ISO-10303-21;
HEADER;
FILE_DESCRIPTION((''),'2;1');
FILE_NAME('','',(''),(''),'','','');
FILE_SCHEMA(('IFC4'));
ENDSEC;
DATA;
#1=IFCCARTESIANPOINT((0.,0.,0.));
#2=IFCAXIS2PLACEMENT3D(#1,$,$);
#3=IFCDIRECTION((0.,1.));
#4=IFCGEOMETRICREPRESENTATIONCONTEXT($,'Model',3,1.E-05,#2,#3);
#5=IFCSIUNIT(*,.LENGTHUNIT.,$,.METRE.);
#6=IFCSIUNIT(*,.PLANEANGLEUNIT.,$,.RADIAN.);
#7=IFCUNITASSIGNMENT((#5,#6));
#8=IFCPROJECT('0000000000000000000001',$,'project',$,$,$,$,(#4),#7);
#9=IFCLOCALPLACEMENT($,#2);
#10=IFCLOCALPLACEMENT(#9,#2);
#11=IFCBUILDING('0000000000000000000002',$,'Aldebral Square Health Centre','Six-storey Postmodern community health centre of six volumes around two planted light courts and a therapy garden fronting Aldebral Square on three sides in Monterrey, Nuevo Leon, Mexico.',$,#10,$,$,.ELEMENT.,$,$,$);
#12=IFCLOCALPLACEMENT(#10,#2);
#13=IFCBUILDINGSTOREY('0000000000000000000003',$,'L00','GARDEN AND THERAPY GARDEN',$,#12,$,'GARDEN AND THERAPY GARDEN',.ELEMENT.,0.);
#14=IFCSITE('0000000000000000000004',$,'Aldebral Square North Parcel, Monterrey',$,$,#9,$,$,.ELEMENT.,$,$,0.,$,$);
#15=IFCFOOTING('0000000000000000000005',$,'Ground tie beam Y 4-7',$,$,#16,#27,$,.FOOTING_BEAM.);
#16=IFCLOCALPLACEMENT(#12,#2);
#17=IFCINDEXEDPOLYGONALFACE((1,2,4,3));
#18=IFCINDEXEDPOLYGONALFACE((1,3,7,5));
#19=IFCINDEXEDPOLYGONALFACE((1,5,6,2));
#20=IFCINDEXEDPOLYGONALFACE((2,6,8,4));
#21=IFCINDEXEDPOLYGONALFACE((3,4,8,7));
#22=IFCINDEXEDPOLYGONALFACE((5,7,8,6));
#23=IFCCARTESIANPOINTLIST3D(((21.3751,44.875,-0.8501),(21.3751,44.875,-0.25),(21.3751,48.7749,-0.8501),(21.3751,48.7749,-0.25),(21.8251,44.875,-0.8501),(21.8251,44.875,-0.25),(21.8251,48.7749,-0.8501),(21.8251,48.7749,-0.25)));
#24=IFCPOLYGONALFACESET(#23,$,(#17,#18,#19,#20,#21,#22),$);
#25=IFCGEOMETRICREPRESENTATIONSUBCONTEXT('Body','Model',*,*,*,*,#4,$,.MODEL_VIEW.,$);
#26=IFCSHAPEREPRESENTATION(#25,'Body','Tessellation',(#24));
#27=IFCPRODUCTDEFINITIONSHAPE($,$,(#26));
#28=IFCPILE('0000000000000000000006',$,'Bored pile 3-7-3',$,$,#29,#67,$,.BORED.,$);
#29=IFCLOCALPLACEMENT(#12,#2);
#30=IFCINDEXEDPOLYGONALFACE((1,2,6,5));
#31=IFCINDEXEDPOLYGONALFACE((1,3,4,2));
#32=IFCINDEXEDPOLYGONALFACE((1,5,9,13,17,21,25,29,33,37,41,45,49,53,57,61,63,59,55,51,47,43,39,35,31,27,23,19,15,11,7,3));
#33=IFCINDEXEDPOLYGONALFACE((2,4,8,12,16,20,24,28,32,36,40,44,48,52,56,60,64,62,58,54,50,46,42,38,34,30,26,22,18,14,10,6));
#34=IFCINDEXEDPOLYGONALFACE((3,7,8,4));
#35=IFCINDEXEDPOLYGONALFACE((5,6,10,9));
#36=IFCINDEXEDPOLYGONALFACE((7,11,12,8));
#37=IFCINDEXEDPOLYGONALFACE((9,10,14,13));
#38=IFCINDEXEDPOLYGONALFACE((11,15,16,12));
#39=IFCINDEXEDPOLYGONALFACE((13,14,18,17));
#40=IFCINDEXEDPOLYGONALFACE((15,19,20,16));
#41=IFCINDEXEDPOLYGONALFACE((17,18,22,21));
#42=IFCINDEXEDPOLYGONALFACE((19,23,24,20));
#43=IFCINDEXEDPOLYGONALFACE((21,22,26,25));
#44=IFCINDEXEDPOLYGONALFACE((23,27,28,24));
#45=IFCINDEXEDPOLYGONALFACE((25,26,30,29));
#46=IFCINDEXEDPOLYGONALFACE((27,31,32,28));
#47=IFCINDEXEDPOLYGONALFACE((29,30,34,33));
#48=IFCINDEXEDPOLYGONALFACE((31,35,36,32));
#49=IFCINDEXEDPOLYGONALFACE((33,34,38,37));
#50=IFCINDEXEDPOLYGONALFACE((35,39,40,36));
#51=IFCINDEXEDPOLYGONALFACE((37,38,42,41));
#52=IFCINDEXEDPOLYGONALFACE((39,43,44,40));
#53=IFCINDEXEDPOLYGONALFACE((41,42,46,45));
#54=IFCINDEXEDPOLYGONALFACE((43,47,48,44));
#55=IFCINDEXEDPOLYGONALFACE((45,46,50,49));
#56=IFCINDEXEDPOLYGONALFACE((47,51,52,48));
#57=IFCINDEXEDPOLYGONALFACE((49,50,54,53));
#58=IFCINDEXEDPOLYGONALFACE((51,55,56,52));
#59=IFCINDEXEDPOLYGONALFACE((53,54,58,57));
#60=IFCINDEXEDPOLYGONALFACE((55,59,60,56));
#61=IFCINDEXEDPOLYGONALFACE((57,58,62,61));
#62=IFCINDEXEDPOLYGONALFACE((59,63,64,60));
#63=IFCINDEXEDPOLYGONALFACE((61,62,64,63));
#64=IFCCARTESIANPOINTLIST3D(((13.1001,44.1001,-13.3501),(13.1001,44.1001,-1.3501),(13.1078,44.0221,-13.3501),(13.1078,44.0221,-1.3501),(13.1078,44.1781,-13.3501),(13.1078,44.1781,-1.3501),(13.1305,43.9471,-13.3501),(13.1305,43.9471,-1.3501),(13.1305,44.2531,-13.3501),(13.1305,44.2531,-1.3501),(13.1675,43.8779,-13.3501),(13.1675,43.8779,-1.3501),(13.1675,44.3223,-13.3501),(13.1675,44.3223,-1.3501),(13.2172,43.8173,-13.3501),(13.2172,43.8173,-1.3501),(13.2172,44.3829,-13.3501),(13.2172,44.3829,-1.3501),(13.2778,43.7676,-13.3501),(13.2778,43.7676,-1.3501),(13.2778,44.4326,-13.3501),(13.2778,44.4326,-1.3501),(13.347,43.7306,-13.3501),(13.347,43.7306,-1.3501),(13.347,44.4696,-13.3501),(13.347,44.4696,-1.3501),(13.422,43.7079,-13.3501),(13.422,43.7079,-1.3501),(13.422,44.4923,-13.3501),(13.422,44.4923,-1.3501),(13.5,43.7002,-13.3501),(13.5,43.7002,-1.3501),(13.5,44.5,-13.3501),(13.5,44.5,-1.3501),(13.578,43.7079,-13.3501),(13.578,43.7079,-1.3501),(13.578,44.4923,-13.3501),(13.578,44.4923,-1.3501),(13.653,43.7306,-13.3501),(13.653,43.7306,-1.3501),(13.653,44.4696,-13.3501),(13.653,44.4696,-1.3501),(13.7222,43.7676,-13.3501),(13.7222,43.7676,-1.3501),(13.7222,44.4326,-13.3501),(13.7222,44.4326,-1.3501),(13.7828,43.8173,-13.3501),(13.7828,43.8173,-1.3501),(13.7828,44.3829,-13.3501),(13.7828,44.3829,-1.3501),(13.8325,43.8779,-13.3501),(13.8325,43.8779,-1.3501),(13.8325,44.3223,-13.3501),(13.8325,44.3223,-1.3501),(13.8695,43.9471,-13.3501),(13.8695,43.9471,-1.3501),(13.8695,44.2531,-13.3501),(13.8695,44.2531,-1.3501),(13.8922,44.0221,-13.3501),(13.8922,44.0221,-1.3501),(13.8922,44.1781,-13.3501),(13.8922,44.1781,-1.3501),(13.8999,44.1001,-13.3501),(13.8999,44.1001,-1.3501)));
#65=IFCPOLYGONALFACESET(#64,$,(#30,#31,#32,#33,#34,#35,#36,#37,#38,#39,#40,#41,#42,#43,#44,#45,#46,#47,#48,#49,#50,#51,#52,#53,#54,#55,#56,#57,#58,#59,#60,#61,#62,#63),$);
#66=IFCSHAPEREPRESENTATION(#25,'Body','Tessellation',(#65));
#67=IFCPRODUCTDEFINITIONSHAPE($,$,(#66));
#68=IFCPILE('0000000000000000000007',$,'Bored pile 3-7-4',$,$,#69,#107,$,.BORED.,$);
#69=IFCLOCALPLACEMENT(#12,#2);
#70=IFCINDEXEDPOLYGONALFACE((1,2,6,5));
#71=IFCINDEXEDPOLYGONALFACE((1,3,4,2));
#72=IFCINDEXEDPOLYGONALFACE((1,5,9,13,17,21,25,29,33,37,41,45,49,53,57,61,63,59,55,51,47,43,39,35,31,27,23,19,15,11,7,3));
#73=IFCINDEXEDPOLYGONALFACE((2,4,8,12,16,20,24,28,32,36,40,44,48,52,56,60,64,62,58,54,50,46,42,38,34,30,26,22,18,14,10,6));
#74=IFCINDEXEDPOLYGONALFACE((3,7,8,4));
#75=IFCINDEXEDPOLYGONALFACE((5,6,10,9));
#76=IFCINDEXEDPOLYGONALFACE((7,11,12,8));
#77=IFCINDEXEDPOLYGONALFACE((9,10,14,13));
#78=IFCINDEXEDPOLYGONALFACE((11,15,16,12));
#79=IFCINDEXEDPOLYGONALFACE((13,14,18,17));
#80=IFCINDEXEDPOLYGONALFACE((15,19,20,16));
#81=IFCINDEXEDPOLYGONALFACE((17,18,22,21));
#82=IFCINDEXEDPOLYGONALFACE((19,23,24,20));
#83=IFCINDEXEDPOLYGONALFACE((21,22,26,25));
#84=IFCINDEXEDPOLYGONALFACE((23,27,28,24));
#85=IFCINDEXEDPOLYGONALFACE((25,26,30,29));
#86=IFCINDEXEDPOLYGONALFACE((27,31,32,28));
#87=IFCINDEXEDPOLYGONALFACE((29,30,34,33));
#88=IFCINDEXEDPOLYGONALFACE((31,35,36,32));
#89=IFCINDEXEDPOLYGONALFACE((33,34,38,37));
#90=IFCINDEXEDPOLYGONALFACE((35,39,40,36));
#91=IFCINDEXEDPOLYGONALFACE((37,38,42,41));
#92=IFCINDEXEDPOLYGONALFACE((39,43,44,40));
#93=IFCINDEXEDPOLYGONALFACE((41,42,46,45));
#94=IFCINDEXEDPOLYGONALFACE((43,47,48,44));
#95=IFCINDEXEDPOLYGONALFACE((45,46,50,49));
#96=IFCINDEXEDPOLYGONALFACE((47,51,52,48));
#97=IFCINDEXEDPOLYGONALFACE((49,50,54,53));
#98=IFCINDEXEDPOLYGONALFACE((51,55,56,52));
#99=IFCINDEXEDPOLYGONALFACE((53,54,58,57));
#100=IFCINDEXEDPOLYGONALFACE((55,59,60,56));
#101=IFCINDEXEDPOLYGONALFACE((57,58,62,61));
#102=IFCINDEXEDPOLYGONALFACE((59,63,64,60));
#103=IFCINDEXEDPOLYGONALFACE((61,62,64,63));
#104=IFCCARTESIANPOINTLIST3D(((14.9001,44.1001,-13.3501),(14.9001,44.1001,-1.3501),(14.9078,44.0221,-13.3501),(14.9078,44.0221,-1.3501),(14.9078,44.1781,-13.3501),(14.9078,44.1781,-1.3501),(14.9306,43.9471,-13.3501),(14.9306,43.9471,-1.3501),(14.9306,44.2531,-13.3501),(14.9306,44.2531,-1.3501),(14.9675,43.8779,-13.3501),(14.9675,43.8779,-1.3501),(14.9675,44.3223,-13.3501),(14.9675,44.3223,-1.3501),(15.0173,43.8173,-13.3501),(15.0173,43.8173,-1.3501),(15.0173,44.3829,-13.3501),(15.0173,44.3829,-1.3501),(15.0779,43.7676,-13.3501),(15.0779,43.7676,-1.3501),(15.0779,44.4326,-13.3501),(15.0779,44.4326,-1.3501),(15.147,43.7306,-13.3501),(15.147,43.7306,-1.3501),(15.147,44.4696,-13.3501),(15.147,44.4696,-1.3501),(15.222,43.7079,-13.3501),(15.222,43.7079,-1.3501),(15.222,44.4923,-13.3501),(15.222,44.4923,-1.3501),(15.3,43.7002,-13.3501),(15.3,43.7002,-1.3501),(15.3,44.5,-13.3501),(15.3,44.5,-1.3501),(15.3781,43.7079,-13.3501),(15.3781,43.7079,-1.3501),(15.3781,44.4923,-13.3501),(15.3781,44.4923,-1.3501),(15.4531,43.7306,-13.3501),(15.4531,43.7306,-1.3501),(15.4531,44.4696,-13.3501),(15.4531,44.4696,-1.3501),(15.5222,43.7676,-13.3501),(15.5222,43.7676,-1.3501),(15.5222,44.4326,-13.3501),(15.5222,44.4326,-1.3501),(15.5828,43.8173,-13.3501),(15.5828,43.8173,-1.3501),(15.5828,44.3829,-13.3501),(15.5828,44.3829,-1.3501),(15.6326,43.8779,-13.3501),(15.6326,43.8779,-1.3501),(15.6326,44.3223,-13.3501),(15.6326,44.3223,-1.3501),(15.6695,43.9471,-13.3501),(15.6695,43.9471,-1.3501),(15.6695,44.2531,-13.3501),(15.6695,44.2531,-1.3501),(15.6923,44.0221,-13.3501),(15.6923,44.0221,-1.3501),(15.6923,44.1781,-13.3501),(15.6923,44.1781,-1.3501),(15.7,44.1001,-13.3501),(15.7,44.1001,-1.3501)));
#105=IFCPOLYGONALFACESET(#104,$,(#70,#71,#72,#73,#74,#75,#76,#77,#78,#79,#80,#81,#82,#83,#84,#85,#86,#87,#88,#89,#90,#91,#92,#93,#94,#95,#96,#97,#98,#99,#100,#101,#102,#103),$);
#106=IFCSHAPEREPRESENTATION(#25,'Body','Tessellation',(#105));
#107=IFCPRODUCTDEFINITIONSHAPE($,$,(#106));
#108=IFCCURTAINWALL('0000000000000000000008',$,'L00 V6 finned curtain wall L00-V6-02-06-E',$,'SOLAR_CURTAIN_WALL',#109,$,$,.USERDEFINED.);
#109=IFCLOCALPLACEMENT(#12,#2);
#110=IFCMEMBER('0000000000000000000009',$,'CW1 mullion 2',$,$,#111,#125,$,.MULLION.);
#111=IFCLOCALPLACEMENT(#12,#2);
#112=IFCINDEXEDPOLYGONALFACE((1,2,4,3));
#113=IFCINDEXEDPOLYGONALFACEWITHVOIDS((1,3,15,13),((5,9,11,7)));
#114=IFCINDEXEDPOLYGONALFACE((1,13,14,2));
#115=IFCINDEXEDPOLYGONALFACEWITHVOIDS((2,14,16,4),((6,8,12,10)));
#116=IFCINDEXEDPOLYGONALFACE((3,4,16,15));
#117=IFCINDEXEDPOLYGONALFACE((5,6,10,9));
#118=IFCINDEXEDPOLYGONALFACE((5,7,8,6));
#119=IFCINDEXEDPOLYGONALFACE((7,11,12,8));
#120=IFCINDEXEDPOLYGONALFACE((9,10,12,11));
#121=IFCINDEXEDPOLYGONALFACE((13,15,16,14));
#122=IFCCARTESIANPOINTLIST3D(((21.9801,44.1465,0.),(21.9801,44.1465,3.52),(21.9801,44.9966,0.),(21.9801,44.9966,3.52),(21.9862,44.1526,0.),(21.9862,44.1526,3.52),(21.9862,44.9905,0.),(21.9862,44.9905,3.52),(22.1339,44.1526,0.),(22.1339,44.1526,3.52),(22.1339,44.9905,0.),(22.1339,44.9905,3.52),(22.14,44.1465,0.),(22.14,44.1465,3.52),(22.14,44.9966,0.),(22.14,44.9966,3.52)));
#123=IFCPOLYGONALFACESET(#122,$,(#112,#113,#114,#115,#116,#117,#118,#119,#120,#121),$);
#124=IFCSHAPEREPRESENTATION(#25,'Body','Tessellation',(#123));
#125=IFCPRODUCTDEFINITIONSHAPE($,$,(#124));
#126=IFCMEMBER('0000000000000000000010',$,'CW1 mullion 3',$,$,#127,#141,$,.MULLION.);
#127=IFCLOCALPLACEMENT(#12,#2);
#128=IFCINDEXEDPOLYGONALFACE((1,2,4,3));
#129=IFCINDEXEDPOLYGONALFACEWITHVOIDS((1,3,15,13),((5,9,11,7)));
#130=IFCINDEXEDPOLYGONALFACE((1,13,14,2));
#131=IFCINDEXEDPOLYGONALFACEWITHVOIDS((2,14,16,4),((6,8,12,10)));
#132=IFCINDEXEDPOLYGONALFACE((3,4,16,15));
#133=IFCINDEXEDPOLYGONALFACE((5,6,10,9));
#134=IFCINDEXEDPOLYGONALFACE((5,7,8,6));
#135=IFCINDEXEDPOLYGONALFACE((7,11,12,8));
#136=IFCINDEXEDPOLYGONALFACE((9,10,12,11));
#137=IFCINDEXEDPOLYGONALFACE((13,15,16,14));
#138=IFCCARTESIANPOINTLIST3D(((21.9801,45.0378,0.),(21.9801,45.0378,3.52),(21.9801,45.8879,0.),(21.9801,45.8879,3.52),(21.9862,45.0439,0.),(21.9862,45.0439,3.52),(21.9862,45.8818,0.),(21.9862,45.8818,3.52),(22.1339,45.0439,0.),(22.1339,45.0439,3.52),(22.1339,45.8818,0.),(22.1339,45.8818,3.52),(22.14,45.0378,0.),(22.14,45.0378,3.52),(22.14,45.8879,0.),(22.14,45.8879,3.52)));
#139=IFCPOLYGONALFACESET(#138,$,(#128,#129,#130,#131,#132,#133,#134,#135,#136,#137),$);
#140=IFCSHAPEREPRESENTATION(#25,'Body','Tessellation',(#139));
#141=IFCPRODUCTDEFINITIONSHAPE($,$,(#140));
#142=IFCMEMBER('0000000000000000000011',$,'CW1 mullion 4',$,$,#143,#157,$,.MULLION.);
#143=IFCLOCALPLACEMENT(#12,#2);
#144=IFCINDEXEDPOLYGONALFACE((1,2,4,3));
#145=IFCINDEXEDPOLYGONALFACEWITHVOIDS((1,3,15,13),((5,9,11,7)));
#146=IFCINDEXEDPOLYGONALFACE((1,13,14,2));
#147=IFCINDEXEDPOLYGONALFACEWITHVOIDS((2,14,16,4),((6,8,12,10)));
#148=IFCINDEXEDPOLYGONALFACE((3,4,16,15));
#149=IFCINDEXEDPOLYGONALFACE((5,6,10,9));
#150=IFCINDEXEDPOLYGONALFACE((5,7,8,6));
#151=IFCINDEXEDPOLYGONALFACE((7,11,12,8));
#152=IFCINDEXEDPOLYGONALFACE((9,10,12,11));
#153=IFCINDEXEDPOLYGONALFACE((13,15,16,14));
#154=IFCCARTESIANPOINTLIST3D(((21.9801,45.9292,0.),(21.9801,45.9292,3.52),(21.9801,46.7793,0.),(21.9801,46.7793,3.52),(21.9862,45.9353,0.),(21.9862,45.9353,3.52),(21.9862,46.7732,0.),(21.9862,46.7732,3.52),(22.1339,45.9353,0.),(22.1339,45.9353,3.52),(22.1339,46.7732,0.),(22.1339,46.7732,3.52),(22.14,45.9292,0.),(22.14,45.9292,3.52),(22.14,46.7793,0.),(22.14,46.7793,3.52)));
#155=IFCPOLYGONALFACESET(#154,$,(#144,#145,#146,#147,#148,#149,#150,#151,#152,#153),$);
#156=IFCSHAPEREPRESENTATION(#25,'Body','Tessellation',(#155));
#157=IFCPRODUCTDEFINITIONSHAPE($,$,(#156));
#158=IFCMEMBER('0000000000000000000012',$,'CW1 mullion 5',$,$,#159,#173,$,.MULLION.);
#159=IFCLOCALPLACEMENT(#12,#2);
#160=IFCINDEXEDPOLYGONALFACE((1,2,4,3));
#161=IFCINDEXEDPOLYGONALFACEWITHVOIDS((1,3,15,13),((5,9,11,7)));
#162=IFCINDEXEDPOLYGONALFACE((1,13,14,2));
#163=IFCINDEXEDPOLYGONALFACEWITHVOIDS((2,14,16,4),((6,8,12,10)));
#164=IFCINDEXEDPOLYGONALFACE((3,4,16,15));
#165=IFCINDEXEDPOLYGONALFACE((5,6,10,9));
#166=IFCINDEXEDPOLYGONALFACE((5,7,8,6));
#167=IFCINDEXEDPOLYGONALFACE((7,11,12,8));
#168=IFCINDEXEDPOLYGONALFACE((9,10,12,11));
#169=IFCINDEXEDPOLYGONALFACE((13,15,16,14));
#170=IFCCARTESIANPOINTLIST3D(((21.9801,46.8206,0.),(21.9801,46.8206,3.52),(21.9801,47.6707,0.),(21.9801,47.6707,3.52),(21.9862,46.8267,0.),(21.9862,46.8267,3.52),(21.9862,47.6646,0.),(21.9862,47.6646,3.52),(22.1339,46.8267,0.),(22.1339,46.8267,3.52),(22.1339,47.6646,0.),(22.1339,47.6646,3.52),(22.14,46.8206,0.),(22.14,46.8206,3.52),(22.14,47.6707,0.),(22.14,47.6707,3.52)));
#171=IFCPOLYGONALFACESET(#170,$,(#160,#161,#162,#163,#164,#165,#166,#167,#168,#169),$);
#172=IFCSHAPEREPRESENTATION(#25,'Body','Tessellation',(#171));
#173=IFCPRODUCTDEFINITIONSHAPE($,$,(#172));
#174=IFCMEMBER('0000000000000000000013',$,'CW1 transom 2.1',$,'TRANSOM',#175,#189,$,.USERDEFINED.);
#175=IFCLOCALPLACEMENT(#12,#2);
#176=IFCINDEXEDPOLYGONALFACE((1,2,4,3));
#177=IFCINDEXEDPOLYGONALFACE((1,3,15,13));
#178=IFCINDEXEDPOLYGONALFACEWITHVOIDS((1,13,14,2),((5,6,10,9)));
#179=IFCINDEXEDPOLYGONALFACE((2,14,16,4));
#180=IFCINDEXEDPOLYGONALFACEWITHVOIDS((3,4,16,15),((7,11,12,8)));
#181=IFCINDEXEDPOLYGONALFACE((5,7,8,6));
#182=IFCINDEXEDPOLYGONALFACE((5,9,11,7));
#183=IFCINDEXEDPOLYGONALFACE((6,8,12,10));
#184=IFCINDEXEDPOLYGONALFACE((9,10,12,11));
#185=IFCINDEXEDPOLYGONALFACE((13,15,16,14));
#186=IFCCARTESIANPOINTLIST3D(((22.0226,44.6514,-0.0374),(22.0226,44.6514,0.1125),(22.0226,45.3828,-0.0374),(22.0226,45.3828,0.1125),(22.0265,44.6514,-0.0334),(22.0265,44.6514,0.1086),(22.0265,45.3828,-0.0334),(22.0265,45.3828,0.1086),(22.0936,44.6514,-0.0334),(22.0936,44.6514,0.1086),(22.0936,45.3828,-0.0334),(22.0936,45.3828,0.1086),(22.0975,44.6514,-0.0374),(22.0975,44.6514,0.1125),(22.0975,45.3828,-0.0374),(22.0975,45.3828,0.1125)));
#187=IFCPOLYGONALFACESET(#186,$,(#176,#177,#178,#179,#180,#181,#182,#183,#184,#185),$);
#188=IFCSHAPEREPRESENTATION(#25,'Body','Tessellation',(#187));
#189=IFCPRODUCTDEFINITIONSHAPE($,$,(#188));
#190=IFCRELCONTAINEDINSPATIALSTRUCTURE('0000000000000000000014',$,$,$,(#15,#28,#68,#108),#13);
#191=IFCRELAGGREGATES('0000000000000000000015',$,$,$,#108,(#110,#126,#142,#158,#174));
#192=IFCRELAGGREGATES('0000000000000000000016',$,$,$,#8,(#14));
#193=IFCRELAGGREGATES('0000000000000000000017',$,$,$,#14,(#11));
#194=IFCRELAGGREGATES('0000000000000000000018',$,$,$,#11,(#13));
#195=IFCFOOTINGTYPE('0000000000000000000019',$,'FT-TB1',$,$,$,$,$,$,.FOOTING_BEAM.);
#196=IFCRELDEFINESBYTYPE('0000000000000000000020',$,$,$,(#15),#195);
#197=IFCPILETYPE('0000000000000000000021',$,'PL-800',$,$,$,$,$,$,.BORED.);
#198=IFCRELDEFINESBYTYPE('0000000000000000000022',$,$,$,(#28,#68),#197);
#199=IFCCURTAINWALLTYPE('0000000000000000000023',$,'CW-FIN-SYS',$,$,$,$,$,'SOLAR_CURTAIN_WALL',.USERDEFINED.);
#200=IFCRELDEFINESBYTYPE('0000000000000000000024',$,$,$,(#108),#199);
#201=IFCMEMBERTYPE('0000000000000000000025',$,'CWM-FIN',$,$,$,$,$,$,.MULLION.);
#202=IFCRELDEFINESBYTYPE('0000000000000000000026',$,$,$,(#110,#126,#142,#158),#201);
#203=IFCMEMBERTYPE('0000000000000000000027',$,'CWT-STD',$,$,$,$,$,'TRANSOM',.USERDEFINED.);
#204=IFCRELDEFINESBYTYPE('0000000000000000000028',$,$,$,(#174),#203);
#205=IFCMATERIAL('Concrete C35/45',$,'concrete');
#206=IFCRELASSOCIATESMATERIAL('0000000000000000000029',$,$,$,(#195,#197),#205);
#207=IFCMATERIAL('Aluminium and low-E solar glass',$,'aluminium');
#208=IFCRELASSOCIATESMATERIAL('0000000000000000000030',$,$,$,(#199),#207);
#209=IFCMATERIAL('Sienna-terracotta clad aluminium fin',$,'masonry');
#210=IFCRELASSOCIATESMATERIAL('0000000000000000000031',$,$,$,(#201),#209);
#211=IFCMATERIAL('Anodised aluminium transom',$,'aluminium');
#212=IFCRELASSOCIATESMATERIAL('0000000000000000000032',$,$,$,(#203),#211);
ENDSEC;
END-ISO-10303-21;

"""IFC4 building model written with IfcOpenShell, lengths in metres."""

from ifc_helpers import new_model, si_unit, direction, frame, origin, origin_2d, place, context, subcontext, project, spatial, rectangle, hollow_rectangle, circle, extrude, material, material_profile, profile_set, type_object, element, aggregate, save


model = new_model("IFC4")

# Units and contexts
model_context = context("Model", 3, precision=1e-05, world=origin(), true_north=direction((0.0, 1.0)))
body_context = subcontext(model_context, "Body", "Model", "MODEL_VIEW")
ifc_project = project(units=[si_unit("LENGTHUNIT", "METRE"), si_unit("PLANEANGLEUNIT", "RADIAN")], contexts=[model_context])

# Site, building, storey
site_placement = place(None, origin())
site = spatial("IfcSite", under=ifc_project, at=site_placement, Name="Aldebral Square North Parcel, Monterrey", CompositionType="ELEMENT", RefElevation=0.0)
building_placement = place(site_placement, origin())
building = spatial("IfcBuilding", under=site, at=building_placement, Name="Aldebral Square Health Centre", Description="Six-storey Postmodern community health centre of six volumes around two planted light courts and a therapy garden fronting Aldebral Square on three sides in Monterrey, Nuevo Leon, Mexico.", CompositionType="ELEMENT")
storey_placement = place(building_placement, origin())
storey = spatial("IfcBuildingStorey", under=building, at=storey_placement, Name="L00", Description="GARDEN AND THERAPY GARDEN", LongName="GARDEN AND THERAPY GARDEN", CompositionType="ELEMENT", Elevation=0.0)

# Footing
ifc_material_1 = material(Name="Concrete C35/45", Category="concrete")
ifc_material_profile_1 = material_profile(ifc_material_1, rectangle(XDim=0.45, YDim=0.6001, at=origin_2d()), Name="RC 450x600")
ifc_profile_set_1 = profile_set([ifc_material_profile_1], Name="Concrete C35/45")
footing_type = type_object("IfcFootingType", Name="FT-TB1", PredefinedType="FOOTING_BEAM", material=ifc_profile_set_1)
footing_placement = place(storey_placement, frame((21.6001, 44.875, -0.55), z_axis=(0.0, 1.0, 0.0), x_axis=(-1.0, 0.0, 0.0)))
element("IfcFooting", 1, at=footing_placement, inside=storey, type_object=footing_type, Name="Ground tie beam Y 4-7", PredefinedType="FOOTING_BEAM", context=body_context, shape_type="SweptSolid", body=[
    extrude(rectangle(XDim=0.45, YDim=0.6001, at=origin_2d()), origin(), (0.0, 0.0, 1.0), 3.8999),
])

# Piles
ifc_material_profile_2 = material_profile(ifc_material_1, circle(Radius=0.3999, at=origin_2d()), Name="PILE D800")
ifc_profile_set_2 = profile_set([ifc_material_profile_2], Name="Concrete C35/45")
pile_type = type_object("IfcPileType", Name="PL-800", PredefinedType="BORED", material=ifc_profile_set_2)
for number, where, z_axis, x_axis, name in (
    (2, (13.5, 44.1001, -1.3501), (0.0, 0.0, -1.0), (1.0, 0.0, 0.0), "Bored pile 3-7-3"),
    (3, (15.3, 44.1001, -1.3501), (0.0, 0.0, -1.0), (1.0, 0.0, 0.0), "Bored pile 3-7-4"),
):
    element("IfcPile", number, at=place(storey_placement, frame(where, z_axis=z_axis, x_axis=x_axis)), inside=storey, type_object=pile_type, Name=name, PredefinedType="BORED", context=body_context, shape_type="SweptSolid", body=[
        extrude(circle(Radius=0.3999, at=origin_2d()), origin(), (0.0, 0.0, 1.0), 12.0),
    ])

# Curtain wall, members
ifc_material_2 = material(Name="Aluminium and low-E solar glass", Category="aluminium")
curtain_wall_type = type_object("IfcCurtainWallType", Name="CW-FIN-SYS", ElementType="SOLAR_CURTAIN_WALL", PredefinedType="USERDEFINED", material=ifc_material_2)
curtain_wall_placement = place(storey_placement, origin())
curtain_wall = element("IfcCurtainWall", 4, at=curtain_wall_placement, inside=storey, type_object=curtain_wall_type, Name="L00 V6 finned curtain wall L00-V6-02-06-E", ObjectType="SOLAR_CURTAIN_WALL", PredefinedType="USERDEFINED")
ifc_material_3 = material(Name="Sienna-terracotta clad aluminium fin", Category="masonry")
ifc_material_profile_3 = material_profile(ifc_material_3, hollow_rectangle(XDim=0.1599, YDim=0.8501, WallThickness=0.0061, at=origin_2d()), Name="FIN 160x850x6")
ifc_profile_set_3 = profile_set([ifc_material_profile_3], Name="Sienna-terracotta clad aluminium fin")
member_type_1 = type_object("IfcMemberType", Name="CWM-FIN", PredefinedType="MULLION", material=ifc_profile_set_3)
member_1_placement = place(storey_placement, frame((22.0601, 44.5715, 0.0), z_axis=(0.0, 0.0, 1.0), x_axis=(-1.0, 0.0, 0.0)))
member_1 = element("IfcMember", 5, at=member_1_placement, type_object=member_type_1, Name="CW1 mullion 2", PredefinedType="MULLION", context=body_context, shape_type="SweptSolid", body=[
    extrude(hollow_rectangle(XDim=0.1599, YDim=0.8501, WallThickness=0.0061, at=origin_2d()), origin(), (0.0, 0.0, 1.0), 3.52),
])
member_2_placement = place(storey_placement, frame((22.0601, 45.4629, 0.0), z_axis=(0.0, 0.0, 1.0), x_axis=(-1.0, 0.0, 0.0)))
member_2 = element("IfcMember", 6, at=member_2_placement, type_object=member_type_1, Name="CW1 mullion 3", PredefinedType="MULLION", context=body_context, shape_type="SweptSolid", body=[
    extrude(hollow_rectangle(XDim=0.1599, YDim=0.8501, WallThickness=0.0061, at=origin_2d()), origin(), (0.0, 0.0, 1.0), 3.52),
])
member_3_placement = place(storey_placement, frame((22.0601, 46.3542, 0.0), z_axis=(0.0, 0.0, 1.0), x_axis=(-1.0, 0.0, 0.0)))
member_3 = element("IfcMember", 7, at=member_3_placement, type_object=member_type_1, Name="CW1 mullion 4", PredefinedType="MULLION", context=body_context, shape_type="SweptSolid", body=[
    extrude(hollow_rectangle(XDim=0.1599, YDim=0.8501, WallThickness=0.0061, at=origin_2d()), origin(), (0.0, 0.0, 1.0), 3.52),
])
member_4_placement = place(storey_placement, frame((22.0601, 47.2456, 0.0), z_axis=(0.0, 0.0, 1.0), x_axis=(-1.0, 0.0, 0.0)))
member_4 = element("IfcMember", 8, at=member_4_placement, type_object=member_type_1, Name="CW1 mullion 5", PredefinedType="MULLION", context=body_context, shape_type="SweptSolid", body=[
    extrude(hollow_rectangle(XDim=0.1599, YDim=0.8501, WallThickness=0.0061, at=origin_2d()), origin(), (0.0, 0.0, 1.0), 3.52),
])
ifc_material_4 = material(Name="Anodised aluminium transom", Category="aluminium")
ifc_material_profile_4 = material_profile(ifc_material_4, hollow_rectangle(XDim=0.075, YDim=0.1499, WallThickness=0.0039, at=origin_2d()), Name="CWT 75x150x4")
ifc_profile_set_4 = profile_set([ifc_material_profile_4], Name="Anodised aluminium transom")
member_type_2 = type_object("IfcMemberType", Name="CWT-STD", ElementType="TRANSOM", PredefinedType="USERDEFINED", material=ifc_profile_set_4)
member_5_placement = place(storey_placement, frame((22.0601, 44.6514, 0.0376), z_axis=(0.0, 1.0, 0.0), x_axis=(-1.0, 0.0, 0.0)))
member_5 = element("IfcMember", 9, at=member_5_placement, type_object=member_type_2, Name="CW1 transom 2.1", ObjectType="TRANSOM", PredefinedType="USERDEFINED", context=body_context, shape_type="SweptSolid", body=[
    extrude(hollow_rectangle(XDim=0.075, YDim=0.1499, WallThickness=0.0039, at=origin_2d()), origin(), (0.0, 0.0, 1.0), 0.7314),
])
aggregate(curtain_wall, [member_1, member_2, member_3, member_4, member_5])

save(model, "model.ifc")
